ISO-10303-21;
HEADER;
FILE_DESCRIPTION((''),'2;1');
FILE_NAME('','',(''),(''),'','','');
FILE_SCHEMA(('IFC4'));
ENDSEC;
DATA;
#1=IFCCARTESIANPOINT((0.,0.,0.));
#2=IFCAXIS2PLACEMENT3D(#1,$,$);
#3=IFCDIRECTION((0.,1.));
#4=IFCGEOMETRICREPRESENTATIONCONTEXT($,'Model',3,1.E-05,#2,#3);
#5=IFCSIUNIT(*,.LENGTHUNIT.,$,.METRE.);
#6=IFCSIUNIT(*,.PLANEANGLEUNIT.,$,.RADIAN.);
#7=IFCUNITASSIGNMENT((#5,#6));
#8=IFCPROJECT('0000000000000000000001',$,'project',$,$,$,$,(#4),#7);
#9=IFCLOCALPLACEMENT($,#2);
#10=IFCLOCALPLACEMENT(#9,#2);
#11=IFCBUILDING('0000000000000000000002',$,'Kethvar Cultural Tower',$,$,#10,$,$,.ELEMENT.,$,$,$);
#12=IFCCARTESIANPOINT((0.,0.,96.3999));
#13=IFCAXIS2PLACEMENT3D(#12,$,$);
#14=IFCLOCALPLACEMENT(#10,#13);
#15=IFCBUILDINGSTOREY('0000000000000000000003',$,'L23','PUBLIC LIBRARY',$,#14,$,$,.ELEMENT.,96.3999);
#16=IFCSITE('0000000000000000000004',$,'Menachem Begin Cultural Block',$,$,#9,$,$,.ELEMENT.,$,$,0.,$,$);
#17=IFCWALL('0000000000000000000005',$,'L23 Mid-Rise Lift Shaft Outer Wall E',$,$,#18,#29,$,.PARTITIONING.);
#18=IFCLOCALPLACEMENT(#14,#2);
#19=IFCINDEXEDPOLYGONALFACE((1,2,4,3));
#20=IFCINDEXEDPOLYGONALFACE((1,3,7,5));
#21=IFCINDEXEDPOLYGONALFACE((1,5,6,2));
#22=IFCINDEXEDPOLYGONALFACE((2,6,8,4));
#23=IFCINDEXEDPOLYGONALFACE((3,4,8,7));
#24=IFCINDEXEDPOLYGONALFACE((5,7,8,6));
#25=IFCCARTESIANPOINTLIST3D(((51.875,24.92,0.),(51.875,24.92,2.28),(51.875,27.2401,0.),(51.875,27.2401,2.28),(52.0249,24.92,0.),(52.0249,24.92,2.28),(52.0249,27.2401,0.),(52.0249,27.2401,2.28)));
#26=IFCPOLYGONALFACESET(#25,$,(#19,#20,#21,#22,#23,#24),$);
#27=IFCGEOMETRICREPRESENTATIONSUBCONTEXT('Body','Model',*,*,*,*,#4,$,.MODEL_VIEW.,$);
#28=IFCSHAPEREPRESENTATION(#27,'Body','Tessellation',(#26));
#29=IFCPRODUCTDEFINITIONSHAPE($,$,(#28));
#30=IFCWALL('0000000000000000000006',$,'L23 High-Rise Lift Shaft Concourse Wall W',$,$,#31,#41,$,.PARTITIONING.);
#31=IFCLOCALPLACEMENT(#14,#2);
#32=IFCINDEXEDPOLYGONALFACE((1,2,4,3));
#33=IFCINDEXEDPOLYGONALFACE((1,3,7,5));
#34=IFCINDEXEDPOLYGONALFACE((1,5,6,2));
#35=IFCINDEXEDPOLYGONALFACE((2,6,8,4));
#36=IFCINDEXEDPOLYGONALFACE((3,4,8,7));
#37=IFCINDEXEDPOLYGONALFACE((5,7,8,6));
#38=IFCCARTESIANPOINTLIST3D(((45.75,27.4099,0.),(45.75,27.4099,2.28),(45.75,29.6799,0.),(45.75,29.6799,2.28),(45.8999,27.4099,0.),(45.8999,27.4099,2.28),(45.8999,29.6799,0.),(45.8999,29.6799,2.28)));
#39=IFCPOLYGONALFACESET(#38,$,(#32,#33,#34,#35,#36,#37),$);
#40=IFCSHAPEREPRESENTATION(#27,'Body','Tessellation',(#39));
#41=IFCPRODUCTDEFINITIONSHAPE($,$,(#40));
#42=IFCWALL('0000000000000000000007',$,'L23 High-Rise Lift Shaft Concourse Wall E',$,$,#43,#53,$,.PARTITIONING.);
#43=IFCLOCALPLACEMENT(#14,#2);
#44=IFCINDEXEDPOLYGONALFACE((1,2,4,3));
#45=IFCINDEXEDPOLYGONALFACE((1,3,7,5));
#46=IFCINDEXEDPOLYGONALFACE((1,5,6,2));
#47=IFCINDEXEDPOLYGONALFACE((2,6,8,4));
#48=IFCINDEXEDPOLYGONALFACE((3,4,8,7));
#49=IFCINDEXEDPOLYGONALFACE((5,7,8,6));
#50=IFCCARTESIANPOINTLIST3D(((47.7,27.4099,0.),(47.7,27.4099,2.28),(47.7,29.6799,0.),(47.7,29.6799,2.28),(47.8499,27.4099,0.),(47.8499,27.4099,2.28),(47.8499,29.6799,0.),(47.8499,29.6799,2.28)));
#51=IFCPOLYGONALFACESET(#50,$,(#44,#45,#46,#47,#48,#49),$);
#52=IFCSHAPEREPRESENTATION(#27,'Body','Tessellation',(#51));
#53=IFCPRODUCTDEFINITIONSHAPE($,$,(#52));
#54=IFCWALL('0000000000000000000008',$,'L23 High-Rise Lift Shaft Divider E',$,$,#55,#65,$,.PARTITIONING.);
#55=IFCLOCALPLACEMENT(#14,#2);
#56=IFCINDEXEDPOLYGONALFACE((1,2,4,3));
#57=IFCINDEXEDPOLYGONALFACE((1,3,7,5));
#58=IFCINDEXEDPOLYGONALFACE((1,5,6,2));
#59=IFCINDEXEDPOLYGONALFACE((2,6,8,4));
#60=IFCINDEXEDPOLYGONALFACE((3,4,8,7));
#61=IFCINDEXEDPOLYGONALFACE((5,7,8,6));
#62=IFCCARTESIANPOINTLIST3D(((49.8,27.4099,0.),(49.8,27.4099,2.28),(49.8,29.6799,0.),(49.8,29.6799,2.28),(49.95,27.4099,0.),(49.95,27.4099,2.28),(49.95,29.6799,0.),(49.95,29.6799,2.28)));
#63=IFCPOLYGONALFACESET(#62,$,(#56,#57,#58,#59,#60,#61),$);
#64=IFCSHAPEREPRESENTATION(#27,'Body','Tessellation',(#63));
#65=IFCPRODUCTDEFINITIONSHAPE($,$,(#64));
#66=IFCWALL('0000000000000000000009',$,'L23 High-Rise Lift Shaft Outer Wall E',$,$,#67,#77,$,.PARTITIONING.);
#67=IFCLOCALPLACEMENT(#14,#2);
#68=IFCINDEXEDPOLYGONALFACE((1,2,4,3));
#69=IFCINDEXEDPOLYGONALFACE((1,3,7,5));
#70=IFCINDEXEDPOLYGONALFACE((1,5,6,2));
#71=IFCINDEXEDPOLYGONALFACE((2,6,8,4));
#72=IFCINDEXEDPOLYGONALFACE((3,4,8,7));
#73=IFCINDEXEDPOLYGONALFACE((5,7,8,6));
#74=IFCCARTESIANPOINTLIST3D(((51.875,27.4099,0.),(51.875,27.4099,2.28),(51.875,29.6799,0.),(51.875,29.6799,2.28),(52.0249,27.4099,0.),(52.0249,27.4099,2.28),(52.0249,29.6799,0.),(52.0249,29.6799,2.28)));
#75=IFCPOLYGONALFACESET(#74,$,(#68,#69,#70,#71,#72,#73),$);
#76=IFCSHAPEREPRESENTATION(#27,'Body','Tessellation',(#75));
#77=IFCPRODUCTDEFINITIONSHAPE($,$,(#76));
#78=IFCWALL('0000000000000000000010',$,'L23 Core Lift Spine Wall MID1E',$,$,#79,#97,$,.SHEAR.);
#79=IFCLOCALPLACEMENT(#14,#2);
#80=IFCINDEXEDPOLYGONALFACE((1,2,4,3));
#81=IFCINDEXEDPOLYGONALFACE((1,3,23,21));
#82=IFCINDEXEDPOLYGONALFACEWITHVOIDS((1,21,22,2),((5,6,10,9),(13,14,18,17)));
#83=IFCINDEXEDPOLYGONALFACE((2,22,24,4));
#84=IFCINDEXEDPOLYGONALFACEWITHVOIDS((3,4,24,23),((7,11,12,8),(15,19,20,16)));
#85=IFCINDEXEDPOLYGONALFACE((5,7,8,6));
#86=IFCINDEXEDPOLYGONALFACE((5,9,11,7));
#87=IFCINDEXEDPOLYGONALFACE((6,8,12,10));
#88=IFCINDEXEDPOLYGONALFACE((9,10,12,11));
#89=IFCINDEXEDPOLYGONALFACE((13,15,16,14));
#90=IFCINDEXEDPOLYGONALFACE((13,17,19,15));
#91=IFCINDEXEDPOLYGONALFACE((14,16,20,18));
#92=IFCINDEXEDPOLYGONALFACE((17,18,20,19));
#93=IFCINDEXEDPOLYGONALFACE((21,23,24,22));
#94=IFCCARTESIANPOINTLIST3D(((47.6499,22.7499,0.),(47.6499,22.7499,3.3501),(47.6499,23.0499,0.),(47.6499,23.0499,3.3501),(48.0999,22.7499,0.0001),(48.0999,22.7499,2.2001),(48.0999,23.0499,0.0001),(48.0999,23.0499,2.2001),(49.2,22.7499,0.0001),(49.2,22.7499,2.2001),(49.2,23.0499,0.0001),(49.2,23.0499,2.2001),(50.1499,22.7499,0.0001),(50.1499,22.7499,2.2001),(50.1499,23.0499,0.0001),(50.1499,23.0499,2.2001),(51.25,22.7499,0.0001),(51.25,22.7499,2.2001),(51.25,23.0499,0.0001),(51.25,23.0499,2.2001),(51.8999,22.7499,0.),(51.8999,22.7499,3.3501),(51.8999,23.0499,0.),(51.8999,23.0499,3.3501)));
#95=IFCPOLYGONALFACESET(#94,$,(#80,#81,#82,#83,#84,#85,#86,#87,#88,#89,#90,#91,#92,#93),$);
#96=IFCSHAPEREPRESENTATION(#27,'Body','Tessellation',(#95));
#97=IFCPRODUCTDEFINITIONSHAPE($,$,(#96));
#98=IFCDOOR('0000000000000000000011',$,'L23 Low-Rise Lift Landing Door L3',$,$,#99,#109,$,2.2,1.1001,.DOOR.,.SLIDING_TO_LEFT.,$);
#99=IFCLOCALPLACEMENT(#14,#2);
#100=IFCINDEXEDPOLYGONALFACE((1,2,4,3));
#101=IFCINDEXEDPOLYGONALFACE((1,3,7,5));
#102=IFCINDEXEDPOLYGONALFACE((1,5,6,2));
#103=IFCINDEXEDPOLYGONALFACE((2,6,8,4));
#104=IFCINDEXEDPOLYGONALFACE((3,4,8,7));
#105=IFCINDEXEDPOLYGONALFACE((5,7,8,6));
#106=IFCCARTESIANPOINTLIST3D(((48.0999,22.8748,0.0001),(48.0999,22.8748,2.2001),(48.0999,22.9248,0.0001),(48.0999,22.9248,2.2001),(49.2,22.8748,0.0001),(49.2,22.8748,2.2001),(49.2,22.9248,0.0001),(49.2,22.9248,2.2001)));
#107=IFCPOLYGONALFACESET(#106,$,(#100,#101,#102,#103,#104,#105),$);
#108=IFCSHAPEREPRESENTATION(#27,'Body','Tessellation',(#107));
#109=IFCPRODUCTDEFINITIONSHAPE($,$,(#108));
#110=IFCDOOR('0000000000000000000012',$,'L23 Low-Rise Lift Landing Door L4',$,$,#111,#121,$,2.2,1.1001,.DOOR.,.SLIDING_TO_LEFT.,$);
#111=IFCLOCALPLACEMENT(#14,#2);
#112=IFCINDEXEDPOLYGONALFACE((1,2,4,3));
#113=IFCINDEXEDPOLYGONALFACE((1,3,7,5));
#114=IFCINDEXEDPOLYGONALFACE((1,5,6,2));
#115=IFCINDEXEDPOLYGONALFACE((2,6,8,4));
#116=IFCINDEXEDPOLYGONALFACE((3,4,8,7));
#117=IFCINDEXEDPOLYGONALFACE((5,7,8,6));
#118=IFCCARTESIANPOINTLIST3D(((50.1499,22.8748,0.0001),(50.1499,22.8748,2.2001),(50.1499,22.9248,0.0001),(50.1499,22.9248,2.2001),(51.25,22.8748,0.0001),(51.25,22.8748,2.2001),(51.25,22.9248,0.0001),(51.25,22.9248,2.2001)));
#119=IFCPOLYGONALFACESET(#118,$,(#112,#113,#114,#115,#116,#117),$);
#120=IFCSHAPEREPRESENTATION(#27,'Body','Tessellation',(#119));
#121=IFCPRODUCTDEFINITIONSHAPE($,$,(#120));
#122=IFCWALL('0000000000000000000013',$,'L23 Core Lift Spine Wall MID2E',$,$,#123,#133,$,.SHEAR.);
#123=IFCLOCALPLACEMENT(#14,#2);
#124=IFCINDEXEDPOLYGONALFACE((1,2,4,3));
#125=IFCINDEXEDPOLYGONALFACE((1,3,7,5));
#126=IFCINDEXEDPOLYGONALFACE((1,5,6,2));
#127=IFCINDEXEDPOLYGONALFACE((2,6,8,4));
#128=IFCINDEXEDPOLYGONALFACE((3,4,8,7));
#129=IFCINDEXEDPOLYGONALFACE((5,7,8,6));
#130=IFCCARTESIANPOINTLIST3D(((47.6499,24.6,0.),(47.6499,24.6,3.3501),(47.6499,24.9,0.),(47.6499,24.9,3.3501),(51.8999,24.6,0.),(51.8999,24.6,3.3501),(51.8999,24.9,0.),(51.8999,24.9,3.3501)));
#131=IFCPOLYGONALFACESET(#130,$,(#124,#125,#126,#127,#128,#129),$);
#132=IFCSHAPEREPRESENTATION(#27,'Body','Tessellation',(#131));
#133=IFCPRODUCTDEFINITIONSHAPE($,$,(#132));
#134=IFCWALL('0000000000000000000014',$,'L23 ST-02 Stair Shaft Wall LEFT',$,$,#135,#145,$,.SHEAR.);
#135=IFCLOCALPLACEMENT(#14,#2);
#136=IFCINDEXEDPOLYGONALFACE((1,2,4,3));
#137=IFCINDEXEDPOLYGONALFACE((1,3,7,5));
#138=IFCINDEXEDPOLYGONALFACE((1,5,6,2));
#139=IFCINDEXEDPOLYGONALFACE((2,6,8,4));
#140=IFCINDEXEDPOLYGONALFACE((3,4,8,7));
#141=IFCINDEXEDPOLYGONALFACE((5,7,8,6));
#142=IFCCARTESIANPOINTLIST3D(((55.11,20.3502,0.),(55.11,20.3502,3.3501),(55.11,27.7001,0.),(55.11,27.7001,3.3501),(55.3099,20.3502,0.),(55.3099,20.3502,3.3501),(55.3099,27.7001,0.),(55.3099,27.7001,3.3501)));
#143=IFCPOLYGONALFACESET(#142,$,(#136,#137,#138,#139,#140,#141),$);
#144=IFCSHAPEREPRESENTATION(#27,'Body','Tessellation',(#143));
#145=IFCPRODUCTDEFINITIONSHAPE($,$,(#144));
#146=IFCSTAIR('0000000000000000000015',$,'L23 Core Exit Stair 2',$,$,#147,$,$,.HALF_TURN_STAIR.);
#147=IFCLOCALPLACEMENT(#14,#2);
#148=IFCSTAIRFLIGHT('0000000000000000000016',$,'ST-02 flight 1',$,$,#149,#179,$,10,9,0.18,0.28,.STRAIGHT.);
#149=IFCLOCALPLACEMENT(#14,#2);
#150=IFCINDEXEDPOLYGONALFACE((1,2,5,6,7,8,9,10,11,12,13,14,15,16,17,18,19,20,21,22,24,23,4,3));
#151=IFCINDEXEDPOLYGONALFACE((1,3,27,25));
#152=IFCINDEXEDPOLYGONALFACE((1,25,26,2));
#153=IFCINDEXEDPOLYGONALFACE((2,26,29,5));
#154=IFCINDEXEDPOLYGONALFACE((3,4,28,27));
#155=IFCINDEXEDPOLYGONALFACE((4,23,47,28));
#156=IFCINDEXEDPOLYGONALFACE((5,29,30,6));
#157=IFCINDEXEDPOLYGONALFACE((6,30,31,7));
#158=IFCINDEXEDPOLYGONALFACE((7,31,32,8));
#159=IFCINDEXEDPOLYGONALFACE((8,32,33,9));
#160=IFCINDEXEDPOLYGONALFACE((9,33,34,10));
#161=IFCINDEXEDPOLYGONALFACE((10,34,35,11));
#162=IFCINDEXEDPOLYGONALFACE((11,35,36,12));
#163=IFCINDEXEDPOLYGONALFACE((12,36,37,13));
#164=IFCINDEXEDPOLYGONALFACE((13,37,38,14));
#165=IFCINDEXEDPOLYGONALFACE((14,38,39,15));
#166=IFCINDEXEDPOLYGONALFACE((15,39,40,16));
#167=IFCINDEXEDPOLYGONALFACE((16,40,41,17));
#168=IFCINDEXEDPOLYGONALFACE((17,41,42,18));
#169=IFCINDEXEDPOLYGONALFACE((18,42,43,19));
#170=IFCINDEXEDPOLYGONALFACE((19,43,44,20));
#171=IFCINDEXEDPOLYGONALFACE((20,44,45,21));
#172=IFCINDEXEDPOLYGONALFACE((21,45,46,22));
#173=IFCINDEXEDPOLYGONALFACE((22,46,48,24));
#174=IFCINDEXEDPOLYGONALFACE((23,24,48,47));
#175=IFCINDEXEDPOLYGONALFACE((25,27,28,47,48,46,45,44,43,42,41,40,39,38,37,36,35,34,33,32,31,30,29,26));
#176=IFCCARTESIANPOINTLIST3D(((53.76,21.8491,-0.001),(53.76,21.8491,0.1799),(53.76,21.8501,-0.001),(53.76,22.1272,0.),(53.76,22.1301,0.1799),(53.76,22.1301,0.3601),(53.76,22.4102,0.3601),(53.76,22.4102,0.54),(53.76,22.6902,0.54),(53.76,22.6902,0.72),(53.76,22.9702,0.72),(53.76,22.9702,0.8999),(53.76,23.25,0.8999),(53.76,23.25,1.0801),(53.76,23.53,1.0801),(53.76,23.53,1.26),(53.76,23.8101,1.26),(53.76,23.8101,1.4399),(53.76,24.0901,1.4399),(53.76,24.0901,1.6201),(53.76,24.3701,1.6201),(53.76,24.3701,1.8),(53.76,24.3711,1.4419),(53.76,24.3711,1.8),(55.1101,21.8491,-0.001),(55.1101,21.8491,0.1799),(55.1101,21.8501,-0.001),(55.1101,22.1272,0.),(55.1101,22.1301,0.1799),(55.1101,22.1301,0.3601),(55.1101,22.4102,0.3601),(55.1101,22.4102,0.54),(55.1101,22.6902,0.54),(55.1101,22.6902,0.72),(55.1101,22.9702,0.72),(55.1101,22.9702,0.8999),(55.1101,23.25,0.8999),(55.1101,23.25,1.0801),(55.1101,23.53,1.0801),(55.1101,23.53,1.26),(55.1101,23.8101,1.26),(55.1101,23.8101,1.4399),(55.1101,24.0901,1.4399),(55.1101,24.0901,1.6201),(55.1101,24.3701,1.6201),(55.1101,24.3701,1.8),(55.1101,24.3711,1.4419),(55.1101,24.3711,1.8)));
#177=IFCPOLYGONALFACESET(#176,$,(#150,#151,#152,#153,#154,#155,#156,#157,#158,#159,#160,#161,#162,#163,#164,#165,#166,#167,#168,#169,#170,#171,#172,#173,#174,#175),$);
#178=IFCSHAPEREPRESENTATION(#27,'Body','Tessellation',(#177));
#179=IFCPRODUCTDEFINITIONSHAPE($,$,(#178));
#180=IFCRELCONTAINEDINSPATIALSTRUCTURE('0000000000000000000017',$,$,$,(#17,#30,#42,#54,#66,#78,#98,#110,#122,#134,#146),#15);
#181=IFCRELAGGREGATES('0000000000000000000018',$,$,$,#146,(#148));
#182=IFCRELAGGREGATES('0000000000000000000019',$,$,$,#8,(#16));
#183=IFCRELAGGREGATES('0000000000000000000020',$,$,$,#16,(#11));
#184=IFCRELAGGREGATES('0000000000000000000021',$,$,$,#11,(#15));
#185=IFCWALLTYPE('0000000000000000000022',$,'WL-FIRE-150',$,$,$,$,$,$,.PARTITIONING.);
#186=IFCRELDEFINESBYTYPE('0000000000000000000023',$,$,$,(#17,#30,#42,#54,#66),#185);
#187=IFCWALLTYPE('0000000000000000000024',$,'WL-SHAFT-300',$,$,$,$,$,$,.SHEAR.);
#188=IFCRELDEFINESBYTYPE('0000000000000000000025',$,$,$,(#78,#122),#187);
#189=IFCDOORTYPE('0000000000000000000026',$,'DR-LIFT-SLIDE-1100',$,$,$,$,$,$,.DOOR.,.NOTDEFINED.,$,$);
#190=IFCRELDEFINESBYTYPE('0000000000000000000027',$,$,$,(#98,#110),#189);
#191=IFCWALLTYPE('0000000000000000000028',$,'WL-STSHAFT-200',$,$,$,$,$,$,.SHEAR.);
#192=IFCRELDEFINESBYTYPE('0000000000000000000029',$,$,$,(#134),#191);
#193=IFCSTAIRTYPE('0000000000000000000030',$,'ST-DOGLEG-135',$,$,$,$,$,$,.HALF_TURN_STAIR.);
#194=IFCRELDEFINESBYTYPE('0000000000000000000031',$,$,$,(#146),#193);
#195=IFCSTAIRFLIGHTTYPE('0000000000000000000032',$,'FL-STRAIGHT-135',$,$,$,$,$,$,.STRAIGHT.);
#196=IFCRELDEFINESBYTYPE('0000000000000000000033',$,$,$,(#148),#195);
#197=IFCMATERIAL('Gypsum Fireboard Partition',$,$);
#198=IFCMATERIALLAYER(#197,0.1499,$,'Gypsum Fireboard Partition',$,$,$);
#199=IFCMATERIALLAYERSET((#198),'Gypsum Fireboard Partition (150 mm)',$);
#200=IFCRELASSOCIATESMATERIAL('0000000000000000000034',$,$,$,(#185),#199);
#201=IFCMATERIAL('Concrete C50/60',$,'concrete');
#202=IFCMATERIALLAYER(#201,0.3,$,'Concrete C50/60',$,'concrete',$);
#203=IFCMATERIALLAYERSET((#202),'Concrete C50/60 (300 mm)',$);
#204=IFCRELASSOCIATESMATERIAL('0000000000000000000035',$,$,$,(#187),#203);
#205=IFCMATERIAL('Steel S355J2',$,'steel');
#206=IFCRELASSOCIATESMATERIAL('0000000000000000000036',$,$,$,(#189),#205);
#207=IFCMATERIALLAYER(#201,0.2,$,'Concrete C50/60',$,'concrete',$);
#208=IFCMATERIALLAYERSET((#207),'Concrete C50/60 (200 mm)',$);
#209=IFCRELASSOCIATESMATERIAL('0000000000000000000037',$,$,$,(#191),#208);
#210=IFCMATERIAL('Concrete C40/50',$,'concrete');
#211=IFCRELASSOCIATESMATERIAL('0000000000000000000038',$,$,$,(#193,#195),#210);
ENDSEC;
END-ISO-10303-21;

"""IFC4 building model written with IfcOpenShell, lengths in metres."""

from ifc_helpers import new_model, si_unit, direction, frame, frame_2d, origin, place, context, subcontext, project, spatial, polyline, rectangle, outline, extrude, source, transform, mapped, material, layer, layer_set, type_object, element, fill, aggregate, save


model = new_model("IFC4")

# Units and contexts
model_context = context("Model", 3, precision=1e-05, world=origin(), true_north=direction((0.0, 1.0)))
body_context = subcontext(model_context, "Body", "Model", "MODEL_VIEW")
ifc_project = project(units=[si_unit("LENGTHUNIT", "METRE"), si_unit("PLANEANGLEUNIT", "RADIAN")], contexts=[model_context])

# Site, building, storey
site_placement = place(None, origin())
site = spatial("IfcSite", under=ifc_project, at=site_placement, Name="Menachem Begin Cultural Block", CompositionType="ELEMENT", RefElevation=0.0)
building_placement = place(site_placement, origin())
building = spatial("IfcBuilding", under=site, at=building_placement, Name="Kethvar Cultural Tower", CompositionType="ELEMENT")
storey_placement = place(building_placement, frame((0.0, 0.0, 96.3999)))
storey = spatial("IfcBuildingStorey", under=building, at=storey_placement, Name="L23", Description="PUBLIC LIBRARY", CompositionType="ELEMENT", Elevation=96.3999)

# Shared definitions
ifc_material_1 = material(Name="Steel S355J2", Category="steel")

# Walls
ifc_material_2 = material(Name="Gypsum Fireboard Partition")
ifc_layer_1 = layer(ifc_material_2, 0.1499, Name="Gypsum Fireboard Partition")
ifc_layer_set_1 = layer_set([ifc_layer_1], Name="Gypsum Fireboard Partition (150 mm)")
wall_type_1 = type_object("IfcWallType", Name="WL-FIRE-150", PredefinedType="PARTITIONING", material=ifc_layer_set_1)
for number, where, z_axis, x_axis, name in (
    (1, (51.95, 24.9199, 0.0), (0.0, 0.0, 1.0), (0.0, 1.0, 0.0), "L23 Mid-Rise Lift Shaft Outer Wall E"),
):
    element("IfcWall", number, at=place(storey_placement, frame(where, z_axis=z_axis, x_axis=x_axis)), inside=storey, type_object=wall_type_1, Name=name, PredefinedType="PARTITIONING", context=body_context, shape_type="SweptSolid", body=[
        extrude(rectangle(XDim=2.3201, YDim=0.1499, at=frame_2d((1.1602, 0.0))), origin(), (0.0, 0.0, 1.0), 2.28),
    ])
for number, where, z_axis, x_axis, name in (
    (2, (45.825, 27.4099, 0.0), (0.0, 0.0, 1.0), (0.0, 1.0, 0.0), "L23 High-Rise Lift Shaft Concourse Wall W"),
    (3, (47.7749, 27.4099, 0.0), (0.0, 0.0, 1.0), (0.0, 1.0, 0.0), "L23 High-Rise Lift Shaft Concourse Wall E"),
    (4, (49.875, 27.4099, 0.0), (0.0, 0.0, 1.0), (0.0, 1.0, 0.0), "L23 High-Rise Lift Shaft Divider E"),
    (5, (51.95, 27.4099, 0.0), (0.0, 0.0, 1.0), (0.0, 1.0, 0.0), "L23 High-Rise Lift Shaft Outer Wall E"),
):
    element("IfcWall", number, at=place(storey_placement, frame(where, z_axis=z_axis, x_axis=x_axis)), inside=storey, type_object=wall_type_1, Name=name, PredefinedType="PARTITIONING", context=body_context, shape_type="SweptSolid", body=[
        extrude(rectangle(XDim=2.27, YDim=0.1499, at=frame_2d((1.135, 0.0))), origin(), (0.0, 0.0, 1.0), 2.28),
    ])

# Wall, openings, doors
ifc_material_3 = material(Name="Concrete C50/60", Category="concrete")
ifc_layer_2 = layer(ifc_material_3, 0.3, Name="Concrete C50/60", Category="concrete")
ifc_layer_set_2 = layer_set([ifc_layer_2], Name="Concrete C50/60 (300 mm)")
wall_type_2 = type_object("IfcWallType", Name="WL-SHAFT-300", PredefinedType="SHEAR", material=ifc_layer_set_2)
wall_1_placement = place(storey_placement, frame((47.6499, 22.8999, 0.0), z_axis=(0.0, 0.0, 1.0), x_axis=(1.0, 0.0, 0.0)))
wall_1 = element("IfcWall", 6, at=wall_1_placement, inside=storey, type_object=wall_type_2, Name="L23 Core Lift Spine Wall MID1E", PredefinedType="SHEAR", context=body_context, shape_type="SweptSolid", body=[
    extrude(rectangle(XDim=4.25, YDim=0.3, at=frame_2d((2.125, 0.0))), origin(), (0.0, 0.0, 1.0), 3.3501),
])
opening_1_placement = place(wall_1_placement, frame((0.45, 0.0, 0.0)))
opening_1 = element("IfcOpeningElement", 7, at=opening_1_placement, cuts=wall_1, PredefinedType="OPENING", context=body_context, shape_type="SweptSolid", body=[
    extrude(rectangle(XDim=1.1001, YDim=2.2, at=frame_2d((0.55, 1.1001))), frame((0.0, 0.1599, 0.0), z_axis=(0.0, -1.0, 0.0), x_axis=(1.0, 0.0, 0.0)), (0.0, 0.0, 1.0), 0.3201),
])
opening_2_placement = place(wall_1_placement, frame((2.5, 0.0, 0.0)))
opening_2 = element("IfcOpeningElement", 8, at=opening_2_placement, cuts=wall_1, PredefinedType="OPENING", context=body_context, shape_type="SweptSolid", body=[
    extrude(rectangle(XDim=1.1001, YDim=2.2, at=frame_2d((0.55, 1.1001))), frame((0.0, 0.1599, 0.0), z_axis=(0.0, -1.0, 0.0), x_axis=(1.0, 0.0, 0.0)), (0.0, 0.0, 1.0), 0.3201),
])
door_type = type_object("IfcDoorType", Name="DR-LIFT-SLIDE-1100", OperationType="NOTDEFINED", PredefinedType="DOOR", material=ifc_material_1)
shared_shape_1 = source(origin(), body_context, "Body", "SweptSolid", [
    extrude(rectangle(XDim=1.1001, YDim=2.2, at=frame_2d((0.55, 1.1001))), frame((0.0, 0.0249, 0.0), z_axis=(0.0, -1.0, 0.0), x_axis=(1.0, 0.0, 0.0)), (0.0, 0.0, 1.0), 0.05),
])
door_1_placement = place(opening_1_placement, origin())
door_1 = element("IfcDoor", 9, at=door_1_placement, inside=storey, type_object=door_type, Name="L23 Low-Rise Lift Landing Door L3", OperationType="SLIDING_TO_LEFT", OverallHeight=2.2, OverallWidth=1.1001, PredefinedType="DOOR", context=body_context, shape_type="MappedRepresentation", body=[
    mapped(shared_shape_1, transform((0.0, 0.0, 0.0), scale=1.0)),
])
fill(opening_1, door_1)
door_2_placement = place(opening_2_placement, origin())
door_2 = element("IfcDoor", 10, at=door_2_placement, inside=storey, type_object=door_type, Name="L23 Low-Rise Lift Landing Door L4", OperationType="SLIDING_TO_LEFT", OverallHeight=2.2, OverallWidth=1.1001, PredefinedType="DOOR", context=body_context, shape_type="MappedRepresentation", body=[
    mapped(shared_shape_1, transform((0.0, 0.0, 0.0), scale=1.0)),
])
fill(opening_2, door_2)

# Walls
wall_2_placement = place(storey_placement, frame((47.6499, 24.75, 0.0), z_axis=(0.0, 0.0, 1.0), x_axis=(1.0, 0.0, 0.0)))
element("IfcWall", 11, at=wall_2_placement, inside=storey, type_object=wall_type_2, Name="L23 Core Lift Spine Wall MID2E", PredefinedType="SHEAR", context=body_context, shape_type="SweptSolid", body=[
    extrude(rectangle(XDim=4.25, YDim=0.3, at=frame_2d((2.125, 0.0))), origin(), (0.0, 0.0, 1.0), 3.3501),
])
ifc_layer_3 = layer(ifc_material_3, 0.2, Name="Concrete C50/60", Category="concrete")
ifc_layer_set_3 = layer_set([ifc_layer_3], Name="Concrete C50/60 (200 mm)")
wall_type_3 = type_object("IfcWallType", Name="WL-STSHAFT-200", PredefinedType="SHEAR", material=ifc_layer_set_3)
wall_3_placement = place(storey_placement, frame((55.21, 27.7, 0.0), z_axis=(0.0, 0.0, 1.0), x_axis=(0.0, -1.0, 0.0)))
element("IfcWall", 12, at=wall_3_placement, inside=storey, type_object=wall_type_3, Name="L23 ST-02 Stair Shaft Wall LEFT", PredefinedType="SHEAR", context=body_context, shape_type="SweptSolid", body=[
    extrude(rectangle(XDim=7.3499, YDim=0.2, at=frame_2d((3.6748, 0.0))), origin(), (0.0, 0.0, 1.0), 3.3501),
])

# Stair, stair flight
ifc_material_4 = material(Name="Concrete C40/50", Category="concrete")
stair_type = type_object("IfcStairType", Name="ST-DOGLEG-135", PredefinedType="HALF_TURN_STAIR", material=ifc_material_4)
stair_placement = place(storey_placement, origin())
stair = element("IfcStair", 13, at=stair_placement, inside=storey, type_object=stair_type, Name="L23 Core Exit Stair 2", PredefinedType="HALF_TURN_STAIR")
stair_flight_type = type_object("IfcStairFlightType", Name="FL-STRAIGHT-135", PredefinedType="STRAIGHT", material=ifc_material_4)
stair_flight_1_placement = place(storey_placement, frame((54.4351, 21.8501, 0.0), z_axis=(0.0, 0.0, 1.0), x_axis=(0.0, 1.0, 0.0)))
stair_flight_1 = element("IfcStairFlight", 14, at=stair_flight_1_placement, type_object=stair_flight_type, Name="ST-02 flight 1", NumberOfRisers=10, NumberOfTreads=9, PredefinedType="STRAIGHT", RiserHeight=0.18, TreadLength=0.28, context=body_context, shape_type="SweptSolid", body=[
    extrude(outline(polyline([(-0.001, -0.001), (-0.001, 0.1799), (0.28, 0.1799), (0.28, 0.3601), (0.5601, 0.3601), (0.5601, 0.54), (0.8401, 0.54), (0.8401, 0.72), (1.1201, 0.72), (1.1201, 0.8999), (1.3999, 0.8999), (1.3999, 1.0801), (1.6799, 1.0801), (1.6799, 1.26), (1.96, 1.26), (1.96, 1.4399), (2.24, 1.4399), (2.24, 1.6201), (2.52, 1.6201), (2.52, 1.8), (2.521, 1.8), (2.521, 1.4419), (0.2771, 0.0), (0.0, -0.001), (-0.001, -0.001)])), frame((0.0, 0.675, 0.0), z_axis=(0.0, -1.0, 0.0), x_axis=(1.0, 0.0, 0.0)), (0.0, 0.0, 1.0), 1.3501),
])
aggregate(stair, [stair_flight_1])

save(model, "model.ifc")
